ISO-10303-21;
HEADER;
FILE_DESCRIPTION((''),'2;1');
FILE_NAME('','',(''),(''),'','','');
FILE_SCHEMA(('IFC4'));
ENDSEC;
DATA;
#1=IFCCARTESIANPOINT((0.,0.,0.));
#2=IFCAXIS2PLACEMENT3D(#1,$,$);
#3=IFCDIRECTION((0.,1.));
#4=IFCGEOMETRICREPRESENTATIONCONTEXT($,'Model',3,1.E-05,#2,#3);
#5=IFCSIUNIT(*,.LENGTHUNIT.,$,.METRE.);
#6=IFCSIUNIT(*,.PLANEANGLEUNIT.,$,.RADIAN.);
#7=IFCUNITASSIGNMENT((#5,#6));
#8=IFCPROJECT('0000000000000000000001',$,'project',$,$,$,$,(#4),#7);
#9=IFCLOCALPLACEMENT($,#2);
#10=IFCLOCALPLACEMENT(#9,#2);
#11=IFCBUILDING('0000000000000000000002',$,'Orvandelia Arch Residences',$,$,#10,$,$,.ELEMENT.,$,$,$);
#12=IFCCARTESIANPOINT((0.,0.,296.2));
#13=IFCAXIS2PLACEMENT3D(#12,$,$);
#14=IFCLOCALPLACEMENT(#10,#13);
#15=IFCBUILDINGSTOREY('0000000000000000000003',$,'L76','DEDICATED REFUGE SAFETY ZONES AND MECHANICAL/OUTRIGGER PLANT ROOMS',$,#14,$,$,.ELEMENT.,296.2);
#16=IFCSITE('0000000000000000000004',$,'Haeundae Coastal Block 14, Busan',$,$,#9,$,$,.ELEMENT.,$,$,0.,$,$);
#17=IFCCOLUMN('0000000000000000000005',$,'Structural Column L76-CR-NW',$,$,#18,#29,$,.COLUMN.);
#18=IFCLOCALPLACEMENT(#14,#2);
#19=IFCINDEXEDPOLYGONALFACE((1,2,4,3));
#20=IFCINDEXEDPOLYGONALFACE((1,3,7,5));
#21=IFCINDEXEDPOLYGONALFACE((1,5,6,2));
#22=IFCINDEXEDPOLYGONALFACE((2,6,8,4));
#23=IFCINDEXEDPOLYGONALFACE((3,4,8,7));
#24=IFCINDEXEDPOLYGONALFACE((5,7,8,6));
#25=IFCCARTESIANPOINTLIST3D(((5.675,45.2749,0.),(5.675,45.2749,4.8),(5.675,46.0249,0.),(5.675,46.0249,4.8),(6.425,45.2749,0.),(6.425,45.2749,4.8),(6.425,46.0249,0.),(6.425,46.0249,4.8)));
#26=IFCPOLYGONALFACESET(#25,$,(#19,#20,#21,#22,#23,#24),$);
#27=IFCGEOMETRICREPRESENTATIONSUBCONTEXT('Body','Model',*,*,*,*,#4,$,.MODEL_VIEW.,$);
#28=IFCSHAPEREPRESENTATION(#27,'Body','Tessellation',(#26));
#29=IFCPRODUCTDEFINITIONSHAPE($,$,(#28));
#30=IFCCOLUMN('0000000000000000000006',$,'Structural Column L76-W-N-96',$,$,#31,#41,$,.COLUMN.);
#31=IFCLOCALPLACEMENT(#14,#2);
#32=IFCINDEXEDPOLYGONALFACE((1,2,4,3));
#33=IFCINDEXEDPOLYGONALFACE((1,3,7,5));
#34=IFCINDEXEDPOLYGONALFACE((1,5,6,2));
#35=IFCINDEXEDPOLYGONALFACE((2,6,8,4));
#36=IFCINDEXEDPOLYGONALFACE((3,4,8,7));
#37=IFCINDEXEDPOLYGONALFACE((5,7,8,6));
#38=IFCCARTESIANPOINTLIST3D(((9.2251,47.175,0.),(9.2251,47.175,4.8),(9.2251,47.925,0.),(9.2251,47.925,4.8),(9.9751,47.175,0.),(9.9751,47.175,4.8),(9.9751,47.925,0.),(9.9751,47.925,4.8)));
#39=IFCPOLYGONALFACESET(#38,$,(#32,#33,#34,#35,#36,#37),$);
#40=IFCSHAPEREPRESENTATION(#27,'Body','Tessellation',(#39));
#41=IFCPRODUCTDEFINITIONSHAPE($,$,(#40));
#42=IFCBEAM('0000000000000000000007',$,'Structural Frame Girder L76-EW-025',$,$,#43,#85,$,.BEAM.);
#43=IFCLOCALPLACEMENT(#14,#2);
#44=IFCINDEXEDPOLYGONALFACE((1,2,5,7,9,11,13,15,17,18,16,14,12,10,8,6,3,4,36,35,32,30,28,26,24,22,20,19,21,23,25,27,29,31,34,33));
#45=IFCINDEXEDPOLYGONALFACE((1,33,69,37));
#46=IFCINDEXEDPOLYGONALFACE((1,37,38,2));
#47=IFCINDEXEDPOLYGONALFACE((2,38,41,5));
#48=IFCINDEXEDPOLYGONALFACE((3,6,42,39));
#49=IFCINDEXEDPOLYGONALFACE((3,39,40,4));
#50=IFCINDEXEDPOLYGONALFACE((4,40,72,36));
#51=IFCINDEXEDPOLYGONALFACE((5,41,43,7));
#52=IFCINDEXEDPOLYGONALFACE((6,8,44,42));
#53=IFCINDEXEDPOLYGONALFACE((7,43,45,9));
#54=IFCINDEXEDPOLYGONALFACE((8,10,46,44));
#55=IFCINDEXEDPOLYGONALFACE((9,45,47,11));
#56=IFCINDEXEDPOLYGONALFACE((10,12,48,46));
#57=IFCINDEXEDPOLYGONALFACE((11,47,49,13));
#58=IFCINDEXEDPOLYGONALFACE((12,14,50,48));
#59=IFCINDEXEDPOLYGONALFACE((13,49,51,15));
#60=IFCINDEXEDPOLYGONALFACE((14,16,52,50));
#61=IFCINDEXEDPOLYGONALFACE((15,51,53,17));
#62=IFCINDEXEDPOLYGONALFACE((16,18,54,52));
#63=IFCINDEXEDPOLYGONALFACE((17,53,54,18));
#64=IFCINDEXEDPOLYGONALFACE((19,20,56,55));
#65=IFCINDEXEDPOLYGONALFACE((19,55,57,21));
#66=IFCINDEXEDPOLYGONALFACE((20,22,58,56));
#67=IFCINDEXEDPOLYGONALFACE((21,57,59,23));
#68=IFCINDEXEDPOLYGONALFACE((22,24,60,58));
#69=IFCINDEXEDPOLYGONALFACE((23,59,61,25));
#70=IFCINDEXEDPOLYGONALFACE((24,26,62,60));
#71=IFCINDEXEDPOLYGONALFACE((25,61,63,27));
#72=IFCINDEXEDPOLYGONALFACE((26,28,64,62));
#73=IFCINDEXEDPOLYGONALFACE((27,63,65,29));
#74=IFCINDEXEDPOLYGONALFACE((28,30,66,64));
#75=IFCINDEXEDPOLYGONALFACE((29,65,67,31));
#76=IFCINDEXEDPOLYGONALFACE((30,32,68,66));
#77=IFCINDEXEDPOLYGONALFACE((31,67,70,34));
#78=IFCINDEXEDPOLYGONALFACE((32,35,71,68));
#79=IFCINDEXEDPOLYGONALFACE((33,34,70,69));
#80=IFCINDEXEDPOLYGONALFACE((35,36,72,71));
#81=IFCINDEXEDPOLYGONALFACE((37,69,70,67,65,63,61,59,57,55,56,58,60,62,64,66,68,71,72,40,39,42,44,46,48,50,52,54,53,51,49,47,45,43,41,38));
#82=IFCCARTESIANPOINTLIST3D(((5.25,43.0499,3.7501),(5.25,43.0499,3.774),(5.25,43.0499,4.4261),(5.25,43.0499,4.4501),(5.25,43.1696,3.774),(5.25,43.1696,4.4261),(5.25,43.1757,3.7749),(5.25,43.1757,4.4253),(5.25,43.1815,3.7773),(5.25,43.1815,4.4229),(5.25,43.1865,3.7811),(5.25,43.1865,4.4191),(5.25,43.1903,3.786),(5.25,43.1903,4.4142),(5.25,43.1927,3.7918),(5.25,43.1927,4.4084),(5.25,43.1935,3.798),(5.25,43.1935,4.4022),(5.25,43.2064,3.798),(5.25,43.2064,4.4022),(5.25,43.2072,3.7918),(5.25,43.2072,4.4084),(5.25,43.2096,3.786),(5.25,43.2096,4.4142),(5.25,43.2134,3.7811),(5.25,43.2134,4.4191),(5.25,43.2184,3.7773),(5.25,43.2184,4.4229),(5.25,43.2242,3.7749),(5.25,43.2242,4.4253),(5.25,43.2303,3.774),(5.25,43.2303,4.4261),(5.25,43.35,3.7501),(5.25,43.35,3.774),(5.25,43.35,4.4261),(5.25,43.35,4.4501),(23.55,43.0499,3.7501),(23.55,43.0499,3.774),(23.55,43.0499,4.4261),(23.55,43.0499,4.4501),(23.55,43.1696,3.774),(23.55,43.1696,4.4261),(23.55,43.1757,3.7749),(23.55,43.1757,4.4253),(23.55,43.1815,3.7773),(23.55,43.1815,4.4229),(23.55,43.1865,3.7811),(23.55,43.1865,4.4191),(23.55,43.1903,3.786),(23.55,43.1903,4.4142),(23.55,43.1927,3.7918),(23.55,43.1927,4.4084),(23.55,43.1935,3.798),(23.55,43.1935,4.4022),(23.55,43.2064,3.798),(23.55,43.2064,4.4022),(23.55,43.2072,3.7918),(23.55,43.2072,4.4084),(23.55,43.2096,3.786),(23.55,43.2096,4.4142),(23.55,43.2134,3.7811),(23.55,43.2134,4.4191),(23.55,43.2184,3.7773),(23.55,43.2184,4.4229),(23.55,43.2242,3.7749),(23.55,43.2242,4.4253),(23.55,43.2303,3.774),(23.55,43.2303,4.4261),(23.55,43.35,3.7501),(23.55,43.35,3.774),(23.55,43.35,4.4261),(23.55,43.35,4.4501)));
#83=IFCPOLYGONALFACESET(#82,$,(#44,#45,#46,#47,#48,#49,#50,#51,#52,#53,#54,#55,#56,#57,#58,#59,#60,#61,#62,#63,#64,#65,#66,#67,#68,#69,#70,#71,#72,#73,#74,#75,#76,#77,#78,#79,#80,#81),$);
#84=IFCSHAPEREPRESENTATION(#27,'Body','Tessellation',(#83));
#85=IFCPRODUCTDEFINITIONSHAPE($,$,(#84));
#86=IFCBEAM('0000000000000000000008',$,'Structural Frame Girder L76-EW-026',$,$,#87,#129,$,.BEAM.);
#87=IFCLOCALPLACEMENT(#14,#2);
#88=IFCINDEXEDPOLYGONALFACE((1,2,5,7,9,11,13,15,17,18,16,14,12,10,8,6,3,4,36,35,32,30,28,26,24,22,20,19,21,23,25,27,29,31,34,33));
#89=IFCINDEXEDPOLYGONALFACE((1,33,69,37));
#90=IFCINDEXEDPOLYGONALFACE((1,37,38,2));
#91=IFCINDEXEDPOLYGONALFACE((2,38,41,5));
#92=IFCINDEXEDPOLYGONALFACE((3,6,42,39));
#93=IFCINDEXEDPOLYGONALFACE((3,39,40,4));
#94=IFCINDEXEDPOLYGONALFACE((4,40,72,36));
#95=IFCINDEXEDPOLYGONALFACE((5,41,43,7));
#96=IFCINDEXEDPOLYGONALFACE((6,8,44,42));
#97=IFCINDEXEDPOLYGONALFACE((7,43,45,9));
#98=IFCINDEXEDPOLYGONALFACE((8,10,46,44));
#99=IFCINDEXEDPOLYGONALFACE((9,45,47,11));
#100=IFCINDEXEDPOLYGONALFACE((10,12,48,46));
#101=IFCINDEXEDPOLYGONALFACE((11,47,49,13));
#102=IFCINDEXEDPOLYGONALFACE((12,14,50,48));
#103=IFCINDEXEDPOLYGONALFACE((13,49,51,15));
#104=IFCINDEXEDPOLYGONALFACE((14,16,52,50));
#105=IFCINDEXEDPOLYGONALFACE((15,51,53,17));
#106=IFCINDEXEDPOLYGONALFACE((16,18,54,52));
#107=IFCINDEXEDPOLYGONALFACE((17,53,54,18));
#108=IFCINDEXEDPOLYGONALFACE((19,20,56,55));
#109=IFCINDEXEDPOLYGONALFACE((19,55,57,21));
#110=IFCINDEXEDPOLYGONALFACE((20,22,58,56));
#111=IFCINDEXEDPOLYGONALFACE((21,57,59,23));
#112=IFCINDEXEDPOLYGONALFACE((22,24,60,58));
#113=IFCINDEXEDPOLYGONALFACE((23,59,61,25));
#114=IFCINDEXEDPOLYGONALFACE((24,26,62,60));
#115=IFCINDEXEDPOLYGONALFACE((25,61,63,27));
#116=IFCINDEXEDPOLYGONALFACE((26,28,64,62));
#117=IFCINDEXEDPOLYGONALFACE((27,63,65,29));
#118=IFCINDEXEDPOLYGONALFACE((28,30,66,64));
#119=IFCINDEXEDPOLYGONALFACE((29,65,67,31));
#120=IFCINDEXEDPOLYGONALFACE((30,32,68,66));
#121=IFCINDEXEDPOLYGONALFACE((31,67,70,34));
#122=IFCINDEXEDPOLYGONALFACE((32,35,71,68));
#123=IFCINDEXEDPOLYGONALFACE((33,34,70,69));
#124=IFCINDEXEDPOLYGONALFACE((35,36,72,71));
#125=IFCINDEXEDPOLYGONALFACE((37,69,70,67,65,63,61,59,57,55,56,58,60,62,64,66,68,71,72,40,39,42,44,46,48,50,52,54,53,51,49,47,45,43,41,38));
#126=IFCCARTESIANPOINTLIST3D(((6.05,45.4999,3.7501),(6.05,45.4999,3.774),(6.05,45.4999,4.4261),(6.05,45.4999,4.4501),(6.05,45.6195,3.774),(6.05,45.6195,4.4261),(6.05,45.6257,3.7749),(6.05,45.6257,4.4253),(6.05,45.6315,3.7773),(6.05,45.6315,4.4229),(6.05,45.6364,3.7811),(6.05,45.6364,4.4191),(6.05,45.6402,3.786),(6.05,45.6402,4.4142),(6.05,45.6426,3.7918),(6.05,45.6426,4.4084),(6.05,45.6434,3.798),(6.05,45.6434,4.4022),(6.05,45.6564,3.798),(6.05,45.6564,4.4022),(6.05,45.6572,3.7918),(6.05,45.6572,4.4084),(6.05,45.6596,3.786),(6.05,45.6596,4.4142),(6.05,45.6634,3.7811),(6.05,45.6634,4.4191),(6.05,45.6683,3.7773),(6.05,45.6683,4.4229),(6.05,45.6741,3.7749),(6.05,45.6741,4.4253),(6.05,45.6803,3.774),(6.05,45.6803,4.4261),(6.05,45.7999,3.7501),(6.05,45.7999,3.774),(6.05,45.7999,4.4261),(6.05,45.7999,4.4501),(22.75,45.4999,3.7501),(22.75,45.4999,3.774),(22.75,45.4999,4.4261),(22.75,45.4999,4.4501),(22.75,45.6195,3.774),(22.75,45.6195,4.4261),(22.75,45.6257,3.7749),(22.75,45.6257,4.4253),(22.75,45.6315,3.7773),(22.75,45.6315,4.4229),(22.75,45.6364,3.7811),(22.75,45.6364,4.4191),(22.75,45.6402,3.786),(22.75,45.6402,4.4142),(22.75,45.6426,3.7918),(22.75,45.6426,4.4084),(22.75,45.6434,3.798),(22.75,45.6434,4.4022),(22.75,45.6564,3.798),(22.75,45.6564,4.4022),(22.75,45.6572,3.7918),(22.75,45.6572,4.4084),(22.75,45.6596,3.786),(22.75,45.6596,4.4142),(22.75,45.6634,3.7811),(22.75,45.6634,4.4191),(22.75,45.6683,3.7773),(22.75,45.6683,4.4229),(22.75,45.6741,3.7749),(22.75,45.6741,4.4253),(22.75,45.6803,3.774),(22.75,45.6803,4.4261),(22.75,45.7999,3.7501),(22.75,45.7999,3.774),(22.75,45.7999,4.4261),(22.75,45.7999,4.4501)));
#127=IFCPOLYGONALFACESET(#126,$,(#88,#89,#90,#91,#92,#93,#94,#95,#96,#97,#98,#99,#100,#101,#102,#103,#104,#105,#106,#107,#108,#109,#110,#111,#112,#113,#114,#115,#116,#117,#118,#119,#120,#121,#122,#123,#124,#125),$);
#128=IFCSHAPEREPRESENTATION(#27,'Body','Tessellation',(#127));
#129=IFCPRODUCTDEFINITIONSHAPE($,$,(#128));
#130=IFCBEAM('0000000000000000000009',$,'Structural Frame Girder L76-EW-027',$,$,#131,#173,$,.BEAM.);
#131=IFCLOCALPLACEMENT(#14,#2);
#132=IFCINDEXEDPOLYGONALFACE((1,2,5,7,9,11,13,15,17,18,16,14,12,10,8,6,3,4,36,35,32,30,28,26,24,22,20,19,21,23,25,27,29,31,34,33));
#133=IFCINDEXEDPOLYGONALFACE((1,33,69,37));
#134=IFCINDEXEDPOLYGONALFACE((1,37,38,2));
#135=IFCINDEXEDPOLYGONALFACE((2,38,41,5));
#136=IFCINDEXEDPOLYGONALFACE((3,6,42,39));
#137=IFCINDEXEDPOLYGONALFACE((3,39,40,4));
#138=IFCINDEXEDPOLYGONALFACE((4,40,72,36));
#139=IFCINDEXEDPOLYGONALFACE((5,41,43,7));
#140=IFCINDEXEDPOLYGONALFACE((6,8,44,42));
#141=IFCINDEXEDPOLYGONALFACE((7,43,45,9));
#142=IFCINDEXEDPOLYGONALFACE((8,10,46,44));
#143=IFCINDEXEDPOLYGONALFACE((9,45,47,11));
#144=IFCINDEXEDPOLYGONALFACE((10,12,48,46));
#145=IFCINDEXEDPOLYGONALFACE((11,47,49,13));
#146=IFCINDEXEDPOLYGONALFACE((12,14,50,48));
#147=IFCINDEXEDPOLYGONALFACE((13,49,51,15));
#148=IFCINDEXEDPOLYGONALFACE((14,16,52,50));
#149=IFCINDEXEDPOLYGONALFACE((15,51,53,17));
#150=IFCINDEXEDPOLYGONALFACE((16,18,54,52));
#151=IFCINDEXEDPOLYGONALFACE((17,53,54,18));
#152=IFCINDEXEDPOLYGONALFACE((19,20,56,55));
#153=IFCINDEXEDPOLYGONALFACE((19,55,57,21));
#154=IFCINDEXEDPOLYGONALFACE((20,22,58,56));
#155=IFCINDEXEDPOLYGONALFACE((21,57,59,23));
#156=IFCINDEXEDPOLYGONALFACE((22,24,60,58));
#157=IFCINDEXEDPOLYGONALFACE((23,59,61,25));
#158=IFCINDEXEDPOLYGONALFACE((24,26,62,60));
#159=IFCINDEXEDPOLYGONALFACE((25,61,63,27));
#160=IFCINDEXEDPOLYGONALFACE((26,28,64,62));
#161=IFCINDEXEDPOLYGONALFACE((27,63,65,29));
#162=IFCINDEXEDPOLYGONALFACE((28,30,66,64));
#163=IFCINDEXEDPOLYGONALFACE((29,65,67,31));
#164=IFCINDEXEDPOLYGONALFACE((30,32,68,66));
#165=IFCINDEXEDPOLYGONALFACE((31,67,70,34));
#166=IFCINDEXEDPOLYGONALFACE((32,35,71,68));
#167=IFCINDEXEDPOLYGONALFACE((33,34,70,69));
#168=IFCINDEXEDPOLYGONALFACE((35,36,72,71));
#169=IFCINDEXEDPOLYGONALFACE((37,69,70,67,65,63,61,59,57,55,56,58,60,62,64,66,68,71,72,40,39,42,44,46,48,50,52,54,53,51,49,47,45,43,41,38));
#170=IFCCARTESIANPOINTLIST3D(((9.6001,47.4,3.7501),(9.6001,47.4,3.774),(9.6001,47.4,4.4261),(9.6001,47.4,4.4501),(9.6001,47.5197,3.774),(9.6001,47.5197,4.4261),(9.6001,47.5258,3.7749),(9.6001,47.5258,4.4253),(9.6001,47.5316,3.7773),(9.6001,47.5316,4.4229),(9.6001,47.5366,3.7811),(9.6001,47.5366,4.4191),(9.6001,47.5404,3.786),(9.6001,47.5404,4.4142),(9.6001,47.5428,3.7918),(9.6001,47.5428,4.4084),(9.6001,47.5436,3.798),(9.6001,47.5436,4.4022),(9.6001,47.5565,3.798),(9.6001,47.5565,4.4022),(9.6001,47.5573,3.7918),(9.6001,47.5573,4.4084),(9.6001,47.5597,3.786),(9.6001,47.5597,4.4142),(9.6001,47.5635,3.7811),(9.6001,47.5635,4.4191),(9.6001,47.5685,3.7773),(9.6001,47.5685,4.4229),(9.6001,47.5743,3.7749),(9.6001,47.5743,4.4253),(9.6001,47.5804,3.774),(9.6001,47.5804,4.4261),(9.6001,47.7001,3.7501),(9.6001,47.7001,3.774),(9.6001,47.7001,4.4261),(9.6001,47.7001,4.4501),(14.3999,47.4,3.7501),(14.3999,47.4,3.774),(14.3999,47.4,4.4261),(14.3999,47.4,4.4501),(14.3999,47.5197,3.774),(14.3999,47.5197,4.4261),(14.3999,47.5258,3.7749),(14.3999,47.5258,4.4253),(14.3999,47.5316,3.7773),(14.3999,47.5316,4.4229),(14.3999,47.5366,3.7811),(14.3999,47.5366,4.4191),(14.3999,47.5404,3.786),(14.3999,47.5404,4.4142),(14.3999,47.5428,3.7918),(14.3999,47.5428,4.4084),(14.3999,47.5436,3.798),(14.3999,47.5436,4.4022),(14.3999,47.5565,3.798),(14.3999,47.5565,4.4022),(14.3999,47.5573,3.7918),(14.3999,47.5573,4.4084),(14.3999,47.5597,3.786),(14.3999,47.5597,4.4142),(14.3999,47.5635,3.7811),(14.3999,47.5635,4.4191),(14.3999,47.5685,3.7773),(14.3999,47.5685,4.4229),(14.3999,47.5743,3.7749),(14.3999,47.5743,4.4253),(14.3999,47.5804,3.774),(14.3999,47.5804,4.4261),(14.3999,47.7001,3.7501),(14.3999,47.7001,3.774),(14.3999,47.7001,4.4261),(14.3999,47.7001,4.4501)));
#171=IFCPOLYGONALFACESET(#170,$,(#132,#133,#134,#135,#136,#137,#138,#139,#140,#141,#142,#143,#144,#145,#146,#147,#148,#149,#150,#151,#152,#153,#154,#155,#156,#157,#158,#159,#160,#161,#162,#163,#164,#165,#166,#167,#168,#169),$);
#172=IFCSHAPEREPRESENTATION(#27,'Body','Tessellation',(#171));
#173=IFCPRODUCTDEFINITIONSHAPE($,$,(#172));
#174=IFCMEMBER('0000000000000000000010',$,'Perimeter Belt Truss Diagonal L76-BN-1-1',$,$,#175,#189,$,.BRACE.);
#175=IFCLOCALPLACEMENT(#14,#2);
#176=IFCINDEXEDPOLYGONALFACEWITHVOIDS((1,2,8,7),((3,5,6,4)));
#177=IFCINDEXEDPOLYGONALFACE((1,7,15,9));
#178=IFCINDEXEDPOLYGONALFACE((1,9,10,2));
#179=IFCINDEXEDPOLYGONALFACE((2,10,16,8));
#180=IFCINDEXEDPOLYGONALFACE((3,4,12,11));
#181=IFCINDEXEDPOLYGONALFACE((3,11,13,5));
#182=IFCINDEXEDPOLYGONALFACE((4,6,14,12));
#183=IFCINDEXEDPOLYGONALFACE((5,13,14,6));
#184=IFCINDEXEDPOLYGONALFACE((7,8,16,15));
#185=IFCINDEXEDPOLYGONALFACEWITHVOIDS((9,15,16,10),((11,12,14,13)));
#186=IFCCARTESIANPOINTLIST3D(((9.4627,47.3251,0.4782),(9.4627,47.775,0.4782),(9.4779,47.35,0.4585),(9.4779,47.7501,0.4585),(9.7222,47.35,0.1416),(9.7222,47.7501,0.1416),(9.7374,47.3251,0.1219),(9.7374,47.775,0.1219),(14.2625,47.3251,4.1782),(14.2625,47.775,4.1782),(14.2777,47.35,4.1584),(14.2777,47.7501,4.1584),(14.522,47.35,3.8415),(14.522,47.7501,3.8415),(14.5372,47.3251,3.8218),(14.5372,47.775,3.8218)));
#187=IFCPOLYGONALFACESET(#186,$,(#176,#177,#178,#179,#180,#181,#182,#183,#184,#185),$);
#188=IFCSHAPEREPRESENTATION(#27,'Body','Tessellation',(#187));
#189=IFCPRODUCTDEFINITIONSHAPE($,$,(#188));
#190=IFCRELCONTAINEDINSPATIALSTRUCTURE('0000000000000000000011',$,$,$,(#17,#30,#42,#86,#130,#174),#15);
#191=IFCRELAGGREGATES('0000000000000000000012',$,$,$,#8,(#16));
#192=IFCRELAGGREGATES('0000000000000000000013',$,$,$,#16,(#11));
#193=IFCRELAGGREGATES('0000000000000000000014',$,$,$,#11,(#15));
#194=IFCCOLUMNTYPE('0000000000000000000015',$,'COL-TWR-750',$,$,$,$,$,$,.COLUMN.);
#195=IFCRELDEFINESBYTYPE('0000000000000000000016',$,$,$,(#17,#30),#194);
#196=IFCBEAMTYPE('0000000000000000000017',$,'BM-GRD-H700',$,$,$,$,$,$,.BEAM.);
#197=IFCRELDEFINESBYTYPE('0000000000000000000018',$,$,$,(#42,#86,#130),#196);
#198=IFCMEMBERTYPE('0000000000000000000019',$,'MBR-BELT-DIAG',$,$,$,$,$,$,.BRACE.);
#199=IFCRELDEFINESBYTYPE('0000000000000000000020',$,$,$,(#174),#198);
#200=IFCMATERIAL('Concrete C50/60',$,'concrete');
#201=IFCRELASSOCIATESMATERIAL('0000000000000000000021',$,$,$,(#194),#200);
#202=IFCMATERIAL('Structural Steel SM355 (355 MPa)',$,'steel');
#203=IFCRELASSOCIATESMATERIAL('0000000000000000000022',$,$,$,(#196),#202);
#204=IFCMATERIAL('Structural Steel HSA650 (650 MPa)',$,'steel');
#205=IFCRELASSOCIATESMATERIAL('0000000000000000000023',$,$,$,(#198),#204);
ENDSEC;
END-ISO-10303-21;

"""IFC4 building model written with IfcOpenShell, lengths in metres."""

from ifc_helpers import new_model, si_unit, direction, frame, origin, origin_2d, place, context, subcontext, project, spatial, rectangle, hollow_rectangle, i_section, extrude, material, material_profile, profile_set, type_object, element, save


model = new_model("IFC4")

# Units and contexts
model_context = context("Model", 3, precision=1e-05, world=origin(), true_north=direction((0.0, 1.0)))
body_context = subcontext(model_context, "Body", "Model", "MODEL_VIEW")
ifc_project = project(units=[si_unit("LENGTHUNIT", "METRE"), si_unit("PLANEANGLEUNIT", "RADIAN")], contexts=[model_context])

# Site, building, storey
site_placement = place(None, origin())
site = spatial("IfcSite", under=ifc_project, at=site_placement, Name="Haeundae Coastal Block 14, Busan", CompositionType="ELEMENT", RefElevation=0.0)
building_placement = place(site_placement, origin())
building = spatial("IfcBuilding", under=site, at=building_placement, Name="Orvandelia Arch Residences", CompositionType="ELEMENT")
storey_placement = place(building_placement, frame((0.0, 0.0, 296.2)))
storey = spatial("IfcBuildingStorey", under=building, at=storey_placement, Name="L76", Description="DEDICATED REFUGE SAFETY ZONES AND MECHANICAL/OUTRIGGER PLANT ROOMS", CompositionType="ELEMENT", Elevation=296.2)

# Columns
ifc_material_1 = material(Name="Concrete C50/60", Category="concrete")
ifc_material_profile_1 = material_profile(ifc_material_1, rectangle(XDim=0.75, YDim=0.75, at=origin_2d()), Name="Concrete C50/60", Category="concrete")
ifc_profile_set_1 = profile_set([ifc_material_profile_1], Name="Concrete C50/60")
column_type = type_object("IfcColumnType", Name="COL-TWR-750", PredefinedType="COLUMN", material=ifc_profile_set_1)
for number, where, z_axis, x_axis, name in (
    (1, (6.05, 45.6499, 0.0), (0.0, 0.0, 1.0), (1.0, 0.0, 0.0), "Structural Column L76-CR-NW"),
    (2, (9.6001, 47.55, 0.0), (0.0, 0.0, 1.0), (1.0, 0.0, 0.0), "Structural Column L76-W-N-96"),
):
    element("IfcColumn", number, at=place(storey_placement, frame(where, z_axis=z_axis, x_axis=x_axis)), inside=storey, type_object=column_type, Name=name, PredefinedType="COLUMN", context=body_context, shape_type="SweptSolid", body=[
        extrude(rectangle(XDim=0.75, YDim=0.75, at=origin_2d()), origin(), (0.0, 0.0, 1.0), 4.8),
    ])

# Beams
ifc_material_2 = material(Name="Structural Steel SM355 (355 MPa)", Category="steel")
ifc_material_profile_2 = material_profile(ifc_material_2, i_section(OverallWidth=0.3, OverallDepth=0.7, WebThickness=0.0129, FlangeThickness=0.0239, FilletRadius=0.0239, at=origin_2d()), Name="Structural Steel SM355 (355 MPa)", Category="steel")
ifc_profile_set_2 = profile_set([ifc_material_profile_2], Name="Structural Steel SM355 (355 MPa)")
beam_type = type_object("IfcBeamType", Name="BM-GRD-H700", PredefinedType="BEAM", material=ifc_profile_set_2)
beam_1_placement = place(storey_placement, frame((5.25, 43.2, 4.1001), z_axis=(1.0, 0.0, 0.0), x_axis=(0.0, 1.0, 0.0)))
element("IfcBeam", 3, at=beam_1_placement, inside=storey, type_object=beam_type, Name="Structural Frame Girder L76-EW-025", PredefinedType="BEAM", context=body_context, shape_type="SweptSolid", body=[
    extrude(i_section(OverallWidth=0.3, OverallDepth=0.7, WebThickness=0.0129, FlangeThickness=0.0239, FilletRadius=0.0239, at=origin_2d()), origin(), (0.0, 0.0, 1.0), 18.3),
])
beam_2_placement = place(storey_placement, frame((6.05, 45.6499, 4.1001), z_axis=(1.0, 0.0, 0.0), x_axis=(0.0, 1.0, 0.0)))
element("IfcBeam", 4, at=beam_2_placement, inside=storey, type_object=beam_type, Name="Structural Frame Girder L76-EW-026", PredefinedType="BEAM", context=body_context, shape_type="SweptSolid", body=[
    extrude(i_section(OverallWidth=0.3, OverallDepth=0.7, WebThickness=0.0129, FlangeThickness=0.0239, FilletRadius=0.0239, at=origin_2d()), origin(), (0.0, 0.0, 1.0), 16.7),
])
beam_3_placement = place(storey_placement, frame((9.6001, 47.55, 4.1001), z_axis=(1.0, 0.0, 0.0), x_axis=(0.0, 1.0, 0.0)))
element("IfcBeam", 5, at=beam_3_placement, inside=storey, type_object=beam_type, Name="Structural Frame Girder L76-EW-027", PredefinedType="BEAM", context=body_context, shape_type="SweptSolid", body=[
    extrude(i_section(OverallWidth=0.3, OverallDepth=0.7, WebThickness=0.0129, FlangeThickness=0.0239, FilletRadius=0.0239, at=origin_2d()), origin(), (0.0, 0.0, 1.0), 4.7998),
])

# Member
ifc_material_3 = material(Name="Structural Steel HSA650 (650 MPa)", Category="steel")
ifc_material_profile_3 = material_profile(ifc_material_3, hollow_rectangle(XDim=0.45, YDim=0.45, WallThickness=0.0249, at=origin_2d()), Name="Structural Steel HSA650 (650 MPa)", Category="steel")
ifc_profile_set_3 = profile_set([ifc_material_profile_3], Name="Structural Steel HSA650 (650 MPa)")
member_type_1 = type_object("IfcMemberType", Name="MBR-BELT-DIAG", PredefinedType="BRACE", material=ifc_profile_set_3)
member_1_placement = place(storey_placement, frame((9.6001, 47.55, 0.3), z_axis=(0.792002, 0.0, 0.610518), x_axis=(0.0, 1.0, 0.0)))
element("IfcMember", 6, at=member_1_placement, inside=storey, type_object=member_type_1, Name="Perimeter Belt Truss Diagonal L76-BN-1-1", PredefinedType="BRACE", context=body_context, shape_type="SweptSolid", body=[
    extrude(hollow_rectangle(XDim=0.45, YDim=0.45, WallThickness=0.0249, at=origin_2d()), origin(), (0.0, 0.0, 1.0), 6.0603),
])

save(model, "model.ifc")
